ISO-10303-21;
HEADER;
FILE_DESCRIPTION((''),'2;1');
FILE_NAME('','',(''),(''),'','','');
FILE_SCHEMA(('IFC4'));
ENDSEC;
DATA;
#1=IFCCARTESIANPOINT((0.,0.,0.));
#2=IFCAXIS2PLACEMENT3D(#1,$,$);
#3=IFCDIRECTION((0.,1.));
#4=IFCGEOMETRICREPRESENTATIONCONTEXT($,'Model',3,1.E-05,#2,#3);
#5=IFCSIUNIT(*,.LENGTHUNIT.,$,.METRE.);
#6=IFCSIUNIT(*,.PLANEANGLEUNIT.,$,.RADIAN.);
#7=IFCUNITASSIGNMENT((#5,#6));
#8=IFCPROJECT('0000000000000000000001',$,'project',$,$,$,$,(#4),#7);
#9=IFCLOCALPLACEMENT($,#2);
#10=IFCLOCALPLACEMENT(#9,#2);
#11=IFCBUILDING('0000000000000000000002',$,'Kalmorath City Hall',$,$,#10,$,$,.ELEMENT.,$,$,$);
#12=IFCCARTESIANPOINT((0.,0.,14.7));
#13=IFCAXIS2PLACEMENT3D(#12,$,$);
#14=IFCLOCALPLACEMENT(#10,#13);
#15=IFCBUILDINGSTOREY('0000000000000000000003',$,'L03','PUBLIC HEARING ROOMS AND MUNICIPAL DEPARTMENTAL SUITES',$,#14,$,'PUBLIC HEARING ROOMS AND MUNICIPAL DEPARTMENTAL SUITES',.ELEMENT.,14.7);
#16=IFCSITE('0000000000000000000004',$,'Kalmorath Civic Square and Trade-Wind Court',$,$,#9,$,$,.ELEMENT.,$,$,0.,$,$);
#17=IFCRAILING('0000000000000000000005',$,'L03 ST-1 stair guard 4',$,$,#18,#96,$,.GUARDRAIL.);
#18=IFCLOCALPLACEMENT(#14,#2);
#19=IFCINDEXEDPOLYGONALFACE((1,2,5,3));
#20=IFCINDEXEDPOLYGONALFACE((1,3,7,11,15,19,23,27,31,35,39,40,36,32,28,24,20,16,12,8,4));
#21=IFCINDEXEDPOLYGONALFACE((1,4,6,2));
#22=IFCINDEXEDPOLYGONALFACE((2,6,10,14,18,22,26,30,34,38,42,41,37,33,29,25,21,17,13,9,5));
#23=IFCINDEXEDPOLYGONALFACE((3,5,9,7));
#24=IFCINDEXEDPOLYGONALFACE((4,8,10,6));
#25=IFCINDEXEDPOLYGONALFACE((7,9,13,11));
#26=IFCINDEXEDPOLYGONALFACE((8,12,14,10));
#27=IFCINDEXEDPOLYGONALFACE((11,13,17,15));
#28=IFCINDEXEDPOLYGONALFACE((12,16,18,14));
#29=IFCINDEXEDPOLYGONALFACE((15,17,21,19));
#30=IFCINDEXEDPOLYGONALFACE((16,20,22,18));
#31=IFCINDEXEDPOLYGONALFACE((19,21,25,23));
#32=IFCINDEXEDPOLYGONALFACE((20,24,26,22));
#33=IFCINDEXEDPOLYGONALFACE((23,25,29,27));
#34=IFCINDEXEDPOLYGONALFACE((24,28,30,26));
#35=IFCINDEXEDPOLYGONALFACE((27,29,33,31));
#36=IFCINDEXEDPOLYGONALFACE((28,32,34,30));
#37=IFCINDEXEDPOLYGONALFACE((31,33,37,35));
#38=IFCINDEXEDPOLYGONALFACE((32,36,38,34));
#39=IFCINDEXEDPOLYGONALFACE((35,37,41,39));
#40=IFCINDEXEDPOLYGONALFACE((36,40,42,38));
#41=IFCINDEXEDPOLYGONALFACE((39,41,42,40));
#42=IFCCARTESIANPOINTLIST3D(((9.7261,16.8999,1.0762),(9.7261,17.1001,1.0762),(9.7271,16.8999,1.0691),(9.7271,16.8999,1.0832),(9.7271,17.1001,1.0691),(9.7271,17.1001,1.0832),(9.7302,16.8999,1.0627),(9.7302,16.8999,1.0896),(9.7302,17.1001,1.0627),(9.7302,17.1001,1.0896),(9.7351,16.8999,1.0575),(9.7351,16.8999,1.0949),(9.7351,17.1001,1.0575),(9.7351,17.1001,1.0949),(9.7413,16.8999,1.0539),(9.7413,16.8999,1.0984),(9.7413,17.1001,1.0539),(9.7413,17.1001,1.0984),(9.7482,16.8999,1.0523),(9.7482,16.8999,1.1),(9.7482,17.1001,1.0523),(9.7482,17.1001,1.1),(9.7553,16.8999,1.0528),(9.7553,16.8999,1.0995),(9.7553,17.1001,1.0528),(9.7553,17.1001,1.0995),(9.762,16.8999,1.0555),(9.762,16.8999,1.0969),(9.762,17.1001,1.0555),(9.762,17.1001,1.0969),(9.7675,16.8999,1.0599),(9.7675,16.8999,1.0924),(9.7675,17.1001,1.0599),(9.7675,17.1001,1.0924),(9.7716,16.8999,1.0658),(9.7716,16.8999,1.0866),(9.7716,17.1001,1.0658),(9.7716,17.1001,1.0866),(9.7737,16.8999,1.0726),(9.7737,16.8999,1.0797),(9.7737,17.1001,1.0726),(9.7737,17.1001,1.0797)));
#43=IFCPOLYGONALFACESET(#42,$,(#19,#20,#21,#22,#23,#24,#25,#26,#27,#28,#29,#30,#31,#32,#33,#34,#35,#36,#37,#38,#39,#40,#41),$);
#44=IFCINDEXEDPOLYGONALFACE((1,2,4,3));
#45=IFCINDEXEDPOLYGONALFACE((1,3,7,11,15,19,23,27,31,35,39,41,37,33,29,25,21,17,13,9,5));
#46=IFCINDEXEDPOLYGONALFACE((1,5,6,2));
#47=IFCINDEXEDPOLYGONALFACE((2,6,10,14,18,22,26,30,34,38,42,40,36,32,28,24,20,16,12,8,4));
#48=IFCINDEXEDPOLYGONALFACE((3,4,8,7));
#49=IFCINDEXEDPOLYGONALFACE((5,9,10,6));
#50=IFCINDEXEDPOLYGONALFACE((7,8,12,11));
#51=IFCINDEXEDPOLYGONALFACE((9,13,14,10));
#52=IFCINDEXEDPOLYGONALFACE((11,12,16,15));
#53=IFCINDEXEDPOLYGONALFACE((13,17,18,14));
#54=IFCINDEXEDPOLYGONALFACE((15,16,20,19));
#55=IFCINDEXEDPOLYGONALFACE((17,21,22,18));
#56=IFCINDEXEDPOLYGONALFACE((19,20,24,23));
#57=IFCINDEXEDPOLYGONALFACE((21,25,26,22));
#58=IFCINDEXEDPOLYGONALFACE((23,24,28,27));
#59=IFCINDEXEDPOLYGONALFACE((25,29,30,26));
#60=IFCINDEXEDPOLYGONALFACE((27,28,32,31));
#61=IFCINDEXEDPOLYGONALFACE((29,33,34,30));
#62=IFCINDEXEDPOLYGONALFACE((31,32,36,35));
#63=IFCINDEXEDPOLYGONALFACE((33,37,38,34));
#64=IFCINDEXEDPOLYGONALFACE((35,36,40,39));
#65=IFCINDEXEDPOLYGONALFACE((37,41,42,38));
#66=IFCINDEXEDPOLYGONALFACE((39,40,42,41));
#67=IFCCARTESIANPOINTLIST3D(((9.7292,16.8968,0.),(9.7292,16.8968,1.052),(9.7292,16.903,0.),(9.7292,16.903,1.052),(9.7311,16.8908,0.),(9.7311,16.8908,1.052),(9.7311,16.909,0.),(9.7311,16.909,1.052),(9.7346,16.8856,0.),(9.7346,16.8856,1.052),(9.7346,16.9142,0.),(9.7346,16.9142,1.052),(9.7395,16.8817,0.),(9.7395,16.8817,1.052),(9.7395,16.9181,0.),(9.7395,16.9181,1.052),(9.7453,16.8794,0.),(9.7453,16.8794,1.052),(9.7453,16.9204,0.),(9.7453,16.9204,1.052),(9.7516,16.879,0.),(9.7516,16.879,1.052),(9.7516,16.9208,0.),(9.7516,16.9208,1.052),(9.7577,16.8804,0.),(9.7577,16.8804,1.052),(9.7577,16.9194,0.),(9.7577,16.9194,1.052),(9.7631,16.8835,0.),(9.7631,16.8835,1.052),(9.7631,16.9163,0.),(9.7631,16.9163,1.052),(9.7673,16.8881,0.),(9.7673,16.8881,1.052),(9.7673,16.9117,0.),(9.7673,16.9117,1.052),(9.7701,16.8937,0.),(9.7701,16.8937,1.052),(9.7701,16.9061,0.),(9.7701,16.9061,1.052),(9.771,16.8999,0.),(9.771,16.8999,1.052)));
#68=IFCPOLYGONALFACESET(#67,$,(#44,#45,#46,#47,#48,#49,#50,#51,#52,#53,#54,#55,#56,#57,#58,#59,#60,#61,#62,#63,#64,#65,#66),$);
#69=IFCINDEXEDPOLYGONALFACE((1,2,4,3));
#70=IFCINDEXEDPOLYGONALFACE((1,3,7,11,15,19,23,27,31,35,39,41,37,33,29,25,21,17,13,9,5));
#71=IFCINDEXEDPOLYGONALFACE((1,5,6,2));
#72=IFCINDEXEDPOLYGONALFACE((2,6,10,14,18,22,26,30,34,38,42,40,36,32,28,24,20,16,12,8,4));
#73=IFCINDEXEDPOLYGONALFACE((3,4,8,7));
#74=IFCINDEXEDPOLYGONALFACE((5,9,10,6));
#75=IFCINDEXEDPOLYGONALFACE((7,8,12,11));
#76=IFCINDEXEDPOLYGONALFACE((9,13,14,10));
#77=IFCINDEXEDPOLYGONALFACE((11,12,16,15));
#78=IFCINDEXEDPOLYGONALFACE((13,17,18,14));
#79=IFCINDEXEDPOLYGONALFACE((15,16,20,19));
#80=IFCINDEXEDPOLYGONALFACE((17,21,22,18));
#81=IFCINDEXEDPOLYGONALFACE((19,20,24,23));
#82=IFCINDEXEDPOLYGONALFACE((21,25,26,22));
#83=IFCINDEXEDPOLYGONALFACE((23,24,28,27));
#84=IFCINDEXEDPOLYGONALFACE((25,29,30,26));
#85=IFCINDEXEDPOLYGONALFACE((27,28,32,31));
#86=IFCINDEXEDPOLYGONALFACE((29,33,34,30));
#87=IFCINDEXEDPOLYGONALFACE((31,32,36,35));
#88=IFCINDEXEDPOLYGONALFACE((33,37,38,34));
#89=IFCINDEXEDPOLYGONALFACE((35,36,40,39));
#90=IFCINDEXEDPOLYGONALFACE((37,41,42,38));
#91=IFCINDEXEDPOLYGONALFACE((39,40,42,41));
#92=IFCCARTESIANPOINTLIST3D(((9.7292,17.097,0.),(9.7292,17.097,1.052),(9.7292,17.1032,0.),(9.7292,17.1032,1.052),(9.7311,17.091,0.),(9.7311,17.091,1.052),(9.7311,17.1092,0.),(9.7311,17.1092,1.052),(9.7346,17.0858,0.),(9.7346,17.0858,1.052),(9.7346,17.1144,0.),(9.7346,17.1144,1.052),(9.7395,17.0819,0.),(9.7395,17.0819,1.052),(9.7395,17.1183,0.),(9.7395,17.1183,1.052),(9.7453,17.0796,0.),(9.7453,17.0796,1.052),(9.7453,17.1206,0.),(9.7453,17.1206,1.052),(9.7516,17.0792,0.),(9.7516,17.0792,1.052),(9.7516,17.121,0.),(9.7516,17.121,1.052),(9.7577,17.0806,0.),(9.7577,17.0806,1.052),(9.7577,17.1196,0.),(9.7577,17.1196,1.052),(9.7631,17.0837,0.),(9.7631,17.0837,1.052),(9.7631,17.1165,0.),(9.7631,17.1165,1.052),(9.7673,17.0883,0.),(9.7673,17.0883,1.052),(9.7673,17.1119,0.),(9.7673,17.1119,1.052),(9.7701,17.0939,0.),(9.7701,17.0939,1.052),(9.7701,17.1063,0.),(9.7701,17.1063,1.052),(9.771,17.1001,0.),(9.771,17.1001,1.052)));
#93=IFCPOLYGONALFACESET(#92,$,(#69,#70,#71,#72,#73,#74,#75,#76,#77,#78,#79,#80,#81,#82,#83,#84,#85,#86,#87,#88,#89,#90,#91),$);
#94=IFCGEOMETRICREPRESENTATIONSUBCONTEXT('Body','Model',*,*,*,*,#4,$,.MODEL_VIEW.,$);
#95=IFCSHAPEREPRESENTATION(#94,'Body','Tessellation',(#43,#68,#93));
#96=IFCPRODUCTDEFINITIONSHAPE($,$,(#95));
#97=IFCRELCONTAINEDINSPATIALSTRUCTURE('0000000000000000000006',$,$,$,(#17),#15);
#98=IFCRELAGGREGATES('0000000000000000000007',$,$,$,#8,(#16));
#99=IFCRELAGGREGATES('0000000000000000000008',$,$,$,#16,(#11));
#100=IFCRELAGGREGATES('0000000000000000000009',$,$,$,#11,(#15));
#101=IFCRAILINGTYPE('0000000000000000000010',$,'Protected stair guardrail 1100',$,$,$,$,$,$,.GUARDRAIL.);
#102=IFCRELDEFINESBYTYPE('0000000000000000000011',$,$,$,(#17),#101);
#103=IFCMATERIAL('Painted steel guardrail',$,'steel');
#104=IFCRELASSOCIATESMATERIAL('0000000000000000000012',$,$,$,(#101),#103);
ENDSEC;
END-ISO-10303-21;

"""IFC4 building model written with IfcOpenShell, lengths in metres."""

from ifc_helpers import new_model, si_unit, direction, frame, origin, origin_2d, place, context, subcontext, project, spatial, circle, extrude, material, type_object, element, save


model = new_model("IFC4")

# Units and contexts
model_context = context("Model", 3, precision=1e-05, world=origin(), true_north=direction((0.0, 1.0)))
body_context = subcontext(model_context, "Body", "Model", "MODEL_VIEW")
ifc_project = project(units=[si_unit("LENGTHUNIT", "METRE"), si_unit("PLANEANGLEUNIT", "RADIAN")], contexts=[model_context])

# Site, building, storey
site_placement = place(None, origin())
site = spatial("IfcSite", under=ifc_project, at=site_placement, Name="Kalmorath Civic Square and Trade-Wind Court", CompositionType="ELEMENT", RefElevation=0.0)
building_placement = place(site_placement, origin())
building = spatial("IfcBuilding", under=site, at=building_placement, Name="Kalmorath City Hall", CompositionType="ELEMENT")
storey_placement = place(building_placement, frame((0.0, 0.0, 14.7)))
storey = spatial("IfcBuildingStorey", under=building, at=storey_placement, Name="L03", Description="PUBLIC HEARING ROOMS AND MUNICIPAL DEPARTMENTAL SUITES", LongName="PUBLIC HEARING ROOMS AND MUNICIPAL DEPARTMENTAL SUITES", CompositionType="ELEMENT", Elevation=14.7)

# Railing
ifc_material_1 = material(Name="Painted steel guardrail", Category="steel")
railing_type_1 = type_object("IfcRailingType", Name="Protected stair guardrail 1100", PredefinedType="GUARDRAIL", material=ifc_material_1)
railing_1_placement = place(storey_placement, frame((9.75, 16.8999, 0.0)))
element("IfcRailing", 1, at=railing_1_placement, inside=storey, type_object=railing_type_1, Name="L03 ST-1 stair guard 4", PredefinedType="GUARDRAIL", context=body_context, shape_type="SweptSolid", body=[
    extrude(circle(Radius=0.0239, at=origin_2d()), frame((0.0, 0.0, 1.0762), z_axis=(0.0, 1.0, 0.0), x_axis=(-1.0, 0.0, 0.0)), (0.0, 0.0, 1.0), 0.2002),
    extrude(circle(Radius=0.021, at=origin_2d()), origin(), (0.0, 0.0, 1.0), 1.052),
    extrude(circle(Radius=0.021, at=origin_2d()), frame((0.0, 0.2002, 0.0)), (0.0, 0.0, 1.0), 1.052),
])

save(model, "model.ifc")
